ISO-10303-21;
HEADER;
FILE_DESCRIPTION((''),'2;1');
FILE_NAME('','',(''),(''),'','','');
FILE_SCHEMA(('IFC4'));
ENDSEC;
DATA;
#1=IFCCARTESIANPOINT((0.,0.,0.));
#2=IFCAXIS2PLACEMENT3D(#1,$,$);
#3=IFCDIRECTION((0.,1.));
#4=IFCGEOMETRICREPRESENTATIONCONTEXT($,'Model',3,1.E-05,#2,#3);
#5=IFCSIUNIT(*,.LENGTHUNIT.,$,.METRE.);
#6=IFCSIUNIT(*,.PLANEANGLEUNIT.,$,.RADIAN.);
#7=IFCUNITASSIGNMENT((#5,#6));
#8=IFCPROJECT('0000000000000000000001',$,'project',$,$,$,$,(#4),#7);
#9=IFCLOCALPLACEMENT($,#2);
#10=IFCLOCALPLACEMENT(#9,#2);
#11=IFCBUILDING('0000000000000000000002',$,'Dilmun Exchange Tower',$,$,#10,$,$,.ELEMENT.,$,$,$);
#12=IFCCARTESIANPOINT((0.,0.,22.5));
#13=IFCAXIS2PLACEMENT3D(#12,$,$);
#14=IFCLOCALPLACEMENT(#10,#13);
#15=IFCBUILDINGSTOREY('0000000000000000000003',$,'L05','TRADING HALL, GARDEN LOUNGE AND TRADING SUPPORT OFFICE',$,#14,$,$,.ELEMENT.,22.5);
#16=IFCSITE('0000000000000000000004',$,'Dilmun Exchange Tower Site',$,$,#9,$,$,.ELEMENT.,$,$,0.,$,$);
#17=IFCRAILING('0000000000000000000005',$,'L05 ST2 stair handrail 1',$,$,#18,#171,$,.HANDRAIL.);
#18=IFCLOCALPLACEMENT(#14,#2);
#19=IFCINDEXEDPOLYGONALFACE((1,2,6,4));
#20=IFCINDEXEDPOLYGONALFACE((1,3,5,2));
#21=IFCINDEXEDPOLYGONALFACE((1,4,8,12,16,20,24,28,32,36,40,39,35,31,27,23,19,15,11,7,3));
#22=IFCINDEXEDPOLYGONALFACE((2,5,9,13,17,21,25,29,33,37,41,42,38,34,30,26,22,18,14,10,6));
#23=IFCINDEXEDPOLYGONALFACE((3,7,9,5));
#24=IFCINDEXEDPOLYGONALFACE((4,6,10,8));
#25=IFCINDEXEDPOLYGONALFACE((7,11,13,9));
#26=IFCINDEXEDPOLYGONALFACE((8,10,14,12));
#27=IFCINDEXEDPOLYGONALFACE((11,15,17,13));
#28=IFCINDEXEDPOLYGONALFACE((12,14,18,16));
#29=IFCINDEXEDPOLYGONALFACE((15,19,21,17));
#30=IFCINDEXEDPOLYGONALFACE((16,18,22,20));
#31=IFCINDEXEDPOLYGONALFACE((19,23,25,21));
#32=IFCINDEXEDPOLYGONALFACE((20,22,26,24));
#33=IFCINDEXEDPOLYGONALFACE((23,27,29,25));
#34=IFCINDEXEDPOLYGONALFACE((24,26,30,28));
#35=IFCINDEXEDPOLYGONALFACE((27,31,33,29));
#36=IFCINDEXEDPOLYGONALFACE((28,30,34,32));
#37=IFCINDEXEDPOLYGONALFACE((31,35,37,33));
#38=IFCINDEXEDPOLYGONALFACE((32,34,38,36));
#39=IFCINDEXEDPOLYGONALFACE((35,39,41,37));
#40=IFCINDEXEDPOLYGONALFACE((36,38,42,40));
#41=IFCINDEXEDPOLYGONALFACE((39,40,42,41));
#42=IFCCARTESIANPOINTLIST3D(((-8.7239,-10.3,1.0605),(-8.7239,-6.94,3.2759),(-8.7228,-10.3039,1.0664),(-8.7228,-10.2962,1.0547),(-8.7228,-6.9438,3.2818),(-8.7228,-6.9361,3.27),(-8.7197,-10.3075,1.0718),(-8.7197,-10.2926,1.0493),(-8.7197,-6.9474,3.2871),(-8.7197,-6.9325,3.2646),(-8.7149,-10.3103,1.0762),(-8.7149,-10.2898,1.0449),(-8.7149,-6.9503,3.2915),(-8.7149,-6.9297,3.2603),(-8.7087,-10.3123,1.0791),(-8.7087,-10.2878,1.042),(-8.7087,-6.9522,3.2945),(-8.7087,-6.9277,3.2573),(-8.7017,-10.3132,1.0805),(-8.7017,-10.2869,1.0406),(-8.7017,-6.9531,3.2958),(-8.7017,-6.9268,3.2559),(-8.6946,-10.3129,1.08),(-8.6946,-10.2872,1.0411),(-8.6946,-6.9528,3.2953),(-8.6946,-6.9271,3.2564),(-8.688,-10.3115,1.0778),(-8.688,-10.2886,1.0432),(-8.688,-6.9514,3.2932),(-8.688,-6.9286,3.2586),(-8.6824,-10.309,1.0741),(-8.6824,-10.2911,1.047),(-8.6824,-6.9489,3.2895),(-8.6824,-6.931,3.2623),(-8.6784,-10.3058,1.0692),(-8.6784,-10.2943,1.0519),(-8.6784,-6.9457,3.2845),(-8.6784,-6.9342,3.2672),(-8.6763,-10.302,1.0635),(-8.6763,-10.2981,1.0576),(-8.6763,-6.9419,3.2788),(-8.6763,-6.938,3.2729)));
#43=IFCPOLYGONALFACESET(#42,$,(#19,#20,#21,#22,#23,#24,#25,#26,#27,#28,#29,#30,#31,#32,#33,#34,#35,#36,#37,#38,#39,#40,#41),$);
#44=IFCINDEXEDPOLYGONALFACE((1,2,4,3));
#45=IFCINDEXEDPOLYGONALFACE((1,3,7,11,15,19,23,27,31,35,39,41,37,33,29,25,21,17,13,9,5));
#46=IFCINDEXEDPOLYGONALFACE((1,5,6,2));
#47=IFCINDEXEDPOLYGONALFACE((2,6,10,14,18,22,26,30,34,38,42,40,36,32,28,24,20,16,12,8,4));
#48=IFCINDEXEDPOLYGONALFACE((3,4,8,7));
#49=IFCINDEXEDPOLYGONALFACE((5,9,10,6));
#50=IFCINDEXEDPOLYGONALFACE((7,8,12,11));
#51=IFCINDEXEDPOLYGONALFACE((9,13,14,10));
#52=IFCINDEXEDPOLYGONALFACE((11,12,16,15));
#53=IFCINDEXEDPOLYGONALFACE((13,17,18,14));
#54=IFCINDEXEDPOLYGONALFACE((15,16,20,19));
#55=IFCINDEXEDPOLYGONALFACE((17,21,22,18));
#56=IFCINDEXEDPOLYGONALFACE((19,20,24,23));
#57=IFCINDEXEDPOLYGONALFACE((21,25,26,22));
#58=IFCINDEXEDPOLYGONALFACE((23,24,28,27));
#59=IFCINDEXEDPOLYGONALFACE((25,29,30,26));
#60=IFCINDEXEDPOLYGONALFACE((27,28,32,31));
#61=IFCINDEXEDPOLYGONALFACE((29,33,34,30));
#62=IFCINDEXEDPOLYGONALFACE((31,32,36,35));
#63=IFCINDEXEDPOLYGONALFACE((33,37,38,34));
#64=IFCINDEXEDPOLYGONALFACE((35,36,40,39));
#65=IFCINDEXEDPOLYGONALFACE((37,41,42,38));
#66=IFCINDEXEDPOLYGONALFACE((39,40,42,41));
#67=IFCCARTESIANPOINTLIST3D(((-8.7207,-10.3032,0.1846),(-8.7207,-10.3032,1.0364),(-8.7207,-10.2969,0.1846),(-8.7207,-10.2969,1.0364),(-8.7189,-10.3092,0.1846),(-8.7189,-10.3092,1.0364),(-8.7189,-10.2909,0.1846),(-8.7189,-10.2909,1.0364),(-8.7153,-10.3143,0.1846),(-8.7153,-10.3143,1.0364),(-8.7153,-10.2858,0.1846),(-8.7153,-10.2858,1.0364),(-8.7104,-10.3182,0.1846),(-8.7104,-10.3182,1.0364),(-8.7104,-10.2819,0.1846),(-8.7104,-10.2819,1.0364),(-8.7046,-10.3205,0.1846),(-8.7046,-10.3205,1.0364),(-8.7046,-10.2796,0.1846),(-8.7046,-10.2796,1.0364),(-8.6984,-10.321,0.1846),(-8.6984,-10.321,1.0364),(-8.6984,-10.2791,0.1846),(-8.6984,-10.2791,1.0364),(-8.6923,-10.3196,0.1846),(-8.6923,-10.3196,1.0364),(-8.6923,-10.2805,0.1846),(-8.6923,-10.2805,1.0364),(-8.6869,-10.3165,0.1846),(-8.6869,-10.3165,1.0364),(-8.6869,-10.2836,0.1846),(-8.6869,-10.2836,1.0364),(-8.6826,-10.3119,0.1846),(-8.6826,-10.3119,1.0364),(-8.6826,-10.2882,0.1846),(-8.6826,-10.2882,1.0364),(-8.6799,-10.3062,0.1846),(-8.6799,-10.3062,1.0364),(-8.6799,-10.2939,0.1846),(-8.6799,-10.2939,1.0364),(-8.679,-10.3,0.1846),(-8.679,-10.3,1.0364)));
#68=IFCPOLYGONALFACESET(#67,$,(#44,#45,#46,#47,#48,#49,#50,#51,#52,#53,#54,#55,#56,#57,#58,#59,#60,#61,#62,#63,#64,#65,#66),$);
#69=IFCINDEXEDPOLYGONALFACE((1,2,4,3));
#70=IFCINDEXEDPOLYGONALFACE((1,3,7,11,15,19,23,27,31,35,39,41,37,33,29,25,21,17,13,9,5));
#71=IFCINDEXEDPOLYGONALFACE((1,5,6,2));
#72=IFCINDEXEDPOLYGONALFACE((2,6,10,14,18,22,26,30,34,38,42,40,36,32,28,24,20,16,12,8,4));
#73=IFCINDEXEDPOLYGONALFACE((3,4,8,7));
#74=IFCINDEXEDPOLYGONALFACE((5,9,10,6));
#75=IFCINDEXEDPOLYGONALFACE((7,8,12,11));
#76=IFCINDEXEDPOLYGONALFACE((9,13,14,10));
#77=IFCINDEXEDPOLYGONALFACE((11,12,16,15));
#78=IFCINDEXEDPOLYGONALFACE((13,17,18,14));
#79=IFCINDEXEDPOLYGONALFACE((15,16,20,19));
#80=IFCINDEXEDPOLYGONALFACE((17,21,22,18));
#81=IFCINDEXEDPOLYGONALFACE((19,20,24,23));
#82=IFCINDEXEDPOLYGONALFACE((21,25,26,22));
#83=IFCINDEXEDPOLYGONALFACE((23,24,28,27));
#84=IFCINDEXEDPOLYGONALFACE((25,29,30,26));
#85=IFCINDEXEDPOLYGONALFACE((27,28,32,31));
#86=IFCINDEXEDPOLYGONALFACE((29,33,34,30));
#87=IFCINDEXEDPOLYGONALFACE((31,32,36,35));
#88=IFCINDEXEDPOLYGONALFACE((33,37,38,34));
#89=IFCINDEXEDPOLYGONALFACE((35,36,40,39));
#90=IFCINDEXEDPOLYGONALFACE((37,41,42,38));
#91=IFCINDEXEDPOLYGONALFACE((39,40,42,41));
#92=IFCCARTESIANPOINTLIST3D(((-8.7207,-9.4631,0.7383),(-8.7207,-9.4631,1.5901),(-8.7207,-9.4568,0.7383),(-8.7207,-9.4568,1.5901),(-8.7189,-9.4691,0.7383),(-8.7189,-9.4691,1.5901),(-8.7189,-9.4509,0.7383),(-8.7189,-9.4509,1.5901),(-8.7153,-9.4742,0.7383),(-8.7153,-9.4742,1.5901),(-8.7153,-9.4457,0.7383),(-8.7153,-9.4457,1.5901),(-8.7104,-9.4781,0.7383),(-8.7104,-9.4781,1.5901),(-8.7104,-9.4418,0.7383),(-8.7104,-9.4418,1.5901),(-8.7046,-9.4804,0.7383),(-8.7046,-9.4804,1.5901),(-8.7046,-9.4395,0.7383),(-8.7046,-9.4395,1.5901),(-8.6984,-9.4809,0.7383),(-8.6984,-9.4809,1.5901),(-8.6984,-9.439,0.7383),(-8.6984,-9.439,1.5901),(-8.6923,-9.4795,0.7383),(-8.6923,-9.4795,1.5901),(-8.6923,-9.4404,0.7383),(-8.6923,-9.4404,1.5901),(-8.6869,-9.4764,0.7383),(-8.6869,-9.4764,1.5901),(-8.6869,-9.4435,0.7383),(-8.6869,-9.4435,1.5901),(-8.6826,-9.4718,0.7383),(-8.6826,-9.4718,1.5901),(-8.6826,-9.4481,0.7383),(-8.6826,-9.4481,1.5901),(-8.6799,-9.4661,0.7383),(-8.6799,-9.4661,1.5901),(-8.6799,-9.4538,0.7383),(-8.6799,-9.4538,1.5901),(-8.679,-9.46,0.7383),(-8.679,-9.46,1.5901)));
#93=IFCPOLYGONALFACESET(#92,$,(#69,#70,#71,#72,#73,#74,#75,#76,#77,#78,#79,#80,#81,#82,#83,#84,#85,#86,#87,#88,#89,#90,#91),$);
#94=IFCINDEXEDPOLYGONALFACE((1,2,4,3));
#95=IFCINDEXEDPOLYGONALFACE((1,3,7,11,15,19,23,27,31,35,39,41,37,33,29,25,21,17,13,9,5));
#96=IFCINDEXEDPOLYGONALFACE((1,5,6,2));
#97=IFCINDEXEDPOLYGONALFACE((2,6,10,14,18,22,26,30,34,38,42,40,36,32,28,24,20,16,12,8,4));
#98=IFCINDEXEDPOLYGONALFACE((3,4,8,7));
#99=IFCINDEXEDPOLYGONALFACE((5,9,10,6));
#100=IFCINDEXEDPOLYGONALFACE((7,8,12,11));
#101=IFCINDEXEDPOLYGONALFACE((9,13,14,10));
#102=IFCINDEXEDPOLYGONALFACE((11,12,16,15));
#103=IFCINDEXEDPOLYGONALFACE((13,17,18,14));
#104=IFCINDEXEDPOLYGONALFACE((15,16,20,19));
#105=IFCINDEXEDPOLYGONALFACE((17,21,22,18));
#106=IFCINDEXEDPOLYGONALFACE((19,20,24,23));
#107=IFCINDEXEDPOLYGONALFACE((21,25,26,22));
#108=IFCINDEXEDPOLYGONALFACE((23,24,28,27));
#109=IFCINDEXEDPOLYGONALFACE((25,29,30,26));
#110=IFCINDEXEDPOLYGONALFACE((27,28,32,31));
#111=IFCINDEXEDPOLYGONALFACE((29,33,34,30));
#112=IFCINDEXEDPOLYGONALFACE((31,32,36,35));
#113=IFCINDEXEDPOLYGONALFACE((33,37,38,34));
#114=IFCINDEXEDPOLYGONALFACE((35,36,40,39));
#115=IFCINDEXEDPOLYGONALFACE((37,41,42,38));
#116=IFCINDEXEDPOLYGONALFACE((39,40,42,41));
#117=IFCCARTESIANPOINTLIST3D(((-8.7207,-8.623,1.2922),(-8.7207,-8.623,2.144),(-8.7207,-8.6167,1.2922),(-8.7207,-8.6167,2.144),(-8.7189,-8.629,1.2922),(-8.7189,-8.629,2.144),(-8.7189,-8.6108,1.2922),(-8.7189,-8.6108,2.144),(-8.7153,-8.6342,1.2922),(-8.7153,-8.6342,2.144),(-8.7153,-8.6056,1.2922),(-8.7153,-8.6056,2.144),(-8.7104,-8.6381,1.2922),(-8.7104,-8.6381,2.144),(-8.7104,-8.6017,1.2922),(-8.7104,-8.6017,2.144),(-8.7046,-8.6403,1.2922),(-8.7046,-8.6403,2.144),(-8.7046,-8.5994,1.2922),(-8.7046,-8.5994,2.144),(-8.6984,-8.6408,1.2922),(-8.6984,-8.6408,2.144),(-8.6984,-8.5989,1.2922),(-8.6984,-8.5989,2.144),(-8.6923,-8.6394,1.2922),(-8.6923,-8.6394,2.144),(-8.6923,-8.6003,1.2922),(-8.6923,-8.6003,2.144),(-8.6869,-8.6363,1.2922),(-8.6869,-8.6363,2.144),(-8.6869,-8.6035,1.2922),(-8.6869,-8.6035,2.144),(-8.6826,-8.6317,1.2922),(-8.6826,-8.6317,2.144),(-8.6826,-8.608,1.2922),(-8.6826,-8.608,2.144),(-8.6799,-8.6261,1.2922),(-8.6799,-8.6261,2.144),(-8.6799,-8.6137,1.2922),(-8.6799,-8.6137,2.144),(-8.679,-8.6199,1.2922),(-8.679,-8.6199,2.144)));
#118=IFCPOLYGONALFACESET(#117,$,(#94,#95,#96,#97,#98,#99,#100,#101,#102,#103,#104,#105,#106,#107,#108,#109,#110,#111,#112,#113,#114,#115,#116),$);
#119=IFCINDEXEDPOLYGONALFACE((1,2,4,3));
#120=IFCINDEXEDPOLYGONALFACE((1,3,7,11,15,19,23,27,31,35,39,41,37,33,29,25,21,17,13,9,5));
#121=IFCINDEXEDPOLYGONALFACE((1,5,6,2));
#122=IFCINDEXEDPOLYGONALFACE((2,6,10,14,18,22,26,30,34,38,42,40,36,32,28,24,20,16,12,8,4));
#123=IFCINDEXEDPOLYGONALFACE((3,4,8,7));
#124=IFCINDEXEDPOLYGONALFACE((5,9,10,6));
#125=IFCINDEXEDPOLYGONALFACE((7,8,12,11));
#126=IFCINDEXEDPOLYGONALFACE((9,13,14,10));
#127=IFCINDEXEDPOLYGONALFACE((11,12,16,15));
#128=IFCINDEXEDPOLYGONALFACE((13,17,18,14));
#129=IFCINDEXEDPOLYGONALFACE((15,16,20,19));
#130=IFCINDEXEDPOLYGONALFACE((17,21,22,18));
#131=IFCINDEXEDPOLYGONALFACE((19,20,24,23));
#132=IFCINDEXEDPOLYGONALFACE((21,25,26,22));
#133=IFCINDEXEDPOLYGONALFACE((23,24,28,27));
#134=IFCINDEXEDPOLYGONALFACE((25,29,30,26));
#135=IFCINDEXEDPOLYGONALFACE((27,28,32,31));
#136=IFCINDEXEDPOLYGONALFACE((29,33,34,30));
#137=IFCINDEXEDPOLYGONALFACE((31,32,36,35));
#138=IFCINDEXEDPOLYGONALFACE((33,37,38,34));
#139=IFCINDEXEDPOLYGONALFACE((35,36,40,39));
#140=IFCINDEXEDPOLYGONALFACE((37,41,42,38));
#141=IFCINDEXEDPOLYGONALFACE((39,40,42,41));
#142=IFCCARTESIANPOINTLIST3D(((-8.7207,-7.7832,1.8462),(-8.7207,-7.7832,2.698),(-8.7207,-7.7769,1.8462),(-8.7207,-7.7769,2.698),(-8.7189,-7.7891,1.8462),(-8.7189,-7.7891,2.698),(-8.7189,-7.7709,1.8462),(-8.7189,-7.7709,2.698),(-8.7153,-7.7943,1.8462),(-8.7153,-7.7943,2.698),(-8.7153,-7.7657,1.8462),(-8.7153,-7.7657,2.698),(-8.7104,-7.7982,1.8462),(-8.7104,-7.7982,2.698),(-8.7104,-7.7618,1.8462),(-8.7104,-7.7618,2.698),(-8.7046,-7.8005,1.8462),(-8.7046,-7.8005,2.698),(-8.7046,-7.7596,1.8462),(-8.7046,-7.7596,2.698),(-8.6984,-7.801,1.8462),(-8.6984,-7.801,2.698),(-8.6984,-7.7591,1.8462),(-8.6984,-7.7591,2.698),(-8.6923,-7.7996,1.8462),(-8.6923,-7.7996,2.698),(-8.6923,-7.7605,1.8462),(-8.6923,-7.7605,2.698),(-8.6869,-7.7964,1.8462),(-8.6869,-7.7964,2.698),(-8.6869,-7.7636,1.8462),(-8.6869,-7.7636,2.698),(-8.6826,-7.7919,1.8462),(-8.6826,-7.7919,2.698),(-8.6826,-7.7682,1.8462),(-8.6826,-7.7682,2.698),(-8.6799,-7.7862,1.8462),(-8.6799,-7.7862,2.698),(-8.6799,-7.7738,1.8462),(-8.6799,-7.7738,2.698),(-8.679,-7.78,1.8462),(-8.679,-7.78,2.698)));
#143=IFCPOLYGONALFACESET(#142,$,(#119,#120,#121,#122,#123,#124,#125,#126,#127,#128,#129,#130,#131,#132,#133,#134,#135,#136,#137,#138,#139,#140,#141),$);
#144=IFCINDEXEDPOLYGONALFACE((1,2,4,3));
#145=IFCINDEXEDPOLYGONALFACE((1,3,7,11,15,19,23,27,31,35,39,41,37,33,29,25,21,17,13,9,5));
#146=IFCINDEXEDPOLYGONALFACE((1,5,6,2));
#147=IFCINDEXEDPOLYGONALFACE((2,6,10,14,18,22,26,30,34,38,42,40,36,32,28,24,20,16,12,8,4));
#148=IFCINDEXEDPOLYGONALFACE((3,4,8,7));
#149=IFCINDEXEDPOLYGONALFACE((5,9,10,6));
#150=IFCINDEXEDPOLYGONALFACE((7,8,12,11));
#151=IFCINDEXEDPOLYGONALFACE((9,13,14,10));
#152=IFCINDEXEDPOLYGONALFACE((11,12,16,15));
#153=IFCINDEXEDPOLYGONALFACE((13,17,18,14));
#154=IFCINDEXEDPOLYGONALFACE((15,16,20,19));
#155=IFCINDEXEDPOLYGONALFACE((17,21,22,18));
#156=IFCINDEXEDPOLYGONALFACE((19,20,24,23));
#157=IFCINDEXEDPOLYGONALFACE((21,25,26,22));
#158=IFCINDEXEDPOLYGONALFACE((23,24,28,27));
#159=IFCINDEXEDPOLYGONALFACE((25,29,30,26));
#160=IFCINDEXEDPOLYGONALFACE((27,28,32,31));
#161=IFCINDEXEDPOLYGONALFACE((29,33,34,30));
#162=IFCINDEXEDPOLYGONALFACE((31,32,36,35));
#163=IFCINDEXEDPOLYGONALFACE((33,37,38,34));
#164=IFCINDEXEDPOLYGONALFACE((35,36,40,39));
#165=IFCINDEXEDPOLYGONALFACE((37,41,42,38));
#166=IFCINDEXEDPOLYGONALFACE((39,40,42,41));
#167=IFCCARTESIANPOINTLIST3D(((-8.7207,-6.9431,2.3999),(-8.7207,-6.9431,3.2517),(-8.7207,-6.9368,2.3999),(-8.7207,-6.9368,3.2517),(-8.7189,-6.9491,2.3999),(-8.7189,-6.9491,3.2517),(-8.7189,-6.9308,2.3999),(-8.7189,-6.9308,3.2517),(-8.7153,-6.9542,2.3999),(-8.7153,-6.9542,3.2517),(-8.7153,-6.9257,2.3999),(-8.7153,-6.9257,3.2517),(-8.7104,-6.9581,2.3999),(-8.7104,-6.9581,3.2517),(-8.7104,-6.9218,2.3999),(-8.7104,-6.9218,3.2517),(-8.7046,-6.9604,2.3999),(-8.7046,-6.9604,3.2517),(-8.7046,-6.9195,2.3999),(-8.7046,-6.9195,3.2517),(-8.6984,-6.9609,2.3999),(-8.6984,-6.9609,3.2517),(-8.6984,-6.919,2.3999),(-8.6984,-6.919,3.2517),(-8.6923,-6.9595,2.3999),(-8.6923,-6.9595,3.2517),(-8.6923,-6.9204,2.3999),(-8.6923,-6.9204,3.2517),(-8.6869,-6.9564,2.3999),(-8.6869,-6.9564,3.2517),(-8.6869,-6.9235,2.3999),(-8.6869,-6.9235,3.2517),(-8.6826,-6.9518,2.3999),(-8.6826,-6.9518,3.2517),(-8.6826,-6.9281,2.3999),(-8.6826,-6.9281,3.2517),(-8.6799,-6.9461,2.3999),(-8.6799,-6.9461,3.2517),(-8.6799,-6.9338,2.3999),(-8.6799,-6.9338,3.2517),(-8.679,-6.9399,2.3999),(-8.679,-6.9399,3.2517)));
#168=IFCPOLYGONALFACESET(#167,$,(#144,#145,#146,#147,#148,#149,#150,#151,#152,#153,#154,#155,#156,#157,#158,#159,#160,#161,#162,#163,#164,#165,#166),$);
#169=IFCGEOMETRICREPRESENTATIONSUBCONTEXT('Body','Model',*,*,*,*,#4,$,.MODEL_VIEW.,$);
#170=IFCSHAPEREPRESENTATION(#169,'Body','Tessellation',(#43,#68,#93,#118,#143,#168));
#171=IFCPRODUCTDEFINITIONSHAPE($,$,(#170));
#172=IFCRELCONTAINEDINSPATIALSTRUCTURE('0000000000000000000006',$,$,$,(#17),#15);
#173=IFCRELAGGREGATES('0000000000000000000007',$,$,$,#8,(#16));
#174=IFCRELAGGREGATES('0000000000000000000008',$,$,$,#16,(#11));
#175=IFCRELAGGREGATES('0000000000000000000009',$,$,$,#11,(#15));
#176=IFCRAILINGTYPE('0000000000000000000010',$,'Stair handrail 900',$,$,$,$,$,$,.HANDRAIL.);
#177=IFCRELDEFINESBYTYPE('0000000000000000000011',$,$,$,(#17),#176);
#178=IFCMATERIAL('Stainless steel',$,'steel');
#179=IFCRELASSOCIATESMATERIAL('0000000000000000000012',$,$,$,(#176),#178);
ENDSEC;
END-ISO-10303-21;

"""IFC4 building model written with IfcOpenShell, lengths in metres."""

from ifc_helpers import new_model, si_unit, direction, frame, origin, origin_2d, place, context, subcontext, project, spatial, circle, extrude, material, type_object, element, save


model = new_model("IFC4")

# Units and contexts
model_context = context("Model", 3, precision=1e-05, world=origin(), true_north=direction((0.0, 1.0)))
body_context = subcontext(model_context, "Body", "Model", "MODEL_VIEW")
ifc_project = project(units=[si_unit("LENGTHUNIT", "METRE"), si_unit("PLANEANGLEUNIT", "RADIAN")], contexts=[model_context])

# Site, building, storey
site_placement = place(None, origin())
site = spatial("IfcSite", under=ifc_project, at=site_placement, Name="Dilmun Exchange Tower Site", CompositionType="ELEMENT", RefElevation=0.0)
building_placement = place(site_placement, origin())
building = spatial("IfcBuilding", under=site, at=building_placement, Name="Dilmun Exchange Tower", CompositionType="ELEMENT")
storey_placement = place(building_placement, frame((0.0, 0.0, 22.5)))
storey = spatial("IfcBuildingStorey", under=building, at=storey_placement, Name="L05", Description="TRADING HALL, GARDEN LOUNGE AND TRADING SUPPORT OFFICE", CompositionType="ELEMENT", Elevation=22.5)

# Railing
ifc_material_1 = material(Name="Stainless steel", Category="steel")
railing_type = type_object("IfcRailingType", Name="Stair handrail 900", PredefinedType="HANDRAIL", material=ifc_material_1)
railing_1_placement = place(storey_placement, frame((-8.7, -10.3, 0.1846)))
element("IfcRailing", 1, at=railing_1_placement, inside=storey, type_object=railing_type, Name="L05 ST2 stair handrail 1", PredefinedType="HANDRAIL", context=body_context, shape_type="SweptSolid", body=[
    extrude(circle(Radius=0.0239, at=origin_2d()), frame((0.0, 0.0, 0.876), z_axis=(0.0, 0.834876, 0.550437), x_axis=(-1.0, 0.0, 0.0)), (0.0, 0.0, 1.0), 4.0247),
    extrude(circle(Radius=0.021, at=origin_2d()), origin(), (0.0, 0.0, 1.0), 0.8518),
    extrude(circle(Radius=0.021, at=origin_2d()), frame((0.0, 0.8401, 0.5537)), (0.0, 0.0, 1.0), 0.8518),
    extrude(circle(Radius=0.021, at=origin_2d()), frame((0.0, 1.6802, 1.1077)), (0.0, 0.0, 1.0), 0.8518),
    extrude(circle(Radius=0.021, at=origin_2d()), frame((0.0, 2.52, 1.6616)), (0.0, 0.0, 1.0), 0.8518),
    extrude(circle(Radius=0.021, at=origin_2d()), frame((0.0, 3.3601, 2.2153)), (0.0, 0.0, 1.0), 0.8518),
])

save(model, "model.ifc")
